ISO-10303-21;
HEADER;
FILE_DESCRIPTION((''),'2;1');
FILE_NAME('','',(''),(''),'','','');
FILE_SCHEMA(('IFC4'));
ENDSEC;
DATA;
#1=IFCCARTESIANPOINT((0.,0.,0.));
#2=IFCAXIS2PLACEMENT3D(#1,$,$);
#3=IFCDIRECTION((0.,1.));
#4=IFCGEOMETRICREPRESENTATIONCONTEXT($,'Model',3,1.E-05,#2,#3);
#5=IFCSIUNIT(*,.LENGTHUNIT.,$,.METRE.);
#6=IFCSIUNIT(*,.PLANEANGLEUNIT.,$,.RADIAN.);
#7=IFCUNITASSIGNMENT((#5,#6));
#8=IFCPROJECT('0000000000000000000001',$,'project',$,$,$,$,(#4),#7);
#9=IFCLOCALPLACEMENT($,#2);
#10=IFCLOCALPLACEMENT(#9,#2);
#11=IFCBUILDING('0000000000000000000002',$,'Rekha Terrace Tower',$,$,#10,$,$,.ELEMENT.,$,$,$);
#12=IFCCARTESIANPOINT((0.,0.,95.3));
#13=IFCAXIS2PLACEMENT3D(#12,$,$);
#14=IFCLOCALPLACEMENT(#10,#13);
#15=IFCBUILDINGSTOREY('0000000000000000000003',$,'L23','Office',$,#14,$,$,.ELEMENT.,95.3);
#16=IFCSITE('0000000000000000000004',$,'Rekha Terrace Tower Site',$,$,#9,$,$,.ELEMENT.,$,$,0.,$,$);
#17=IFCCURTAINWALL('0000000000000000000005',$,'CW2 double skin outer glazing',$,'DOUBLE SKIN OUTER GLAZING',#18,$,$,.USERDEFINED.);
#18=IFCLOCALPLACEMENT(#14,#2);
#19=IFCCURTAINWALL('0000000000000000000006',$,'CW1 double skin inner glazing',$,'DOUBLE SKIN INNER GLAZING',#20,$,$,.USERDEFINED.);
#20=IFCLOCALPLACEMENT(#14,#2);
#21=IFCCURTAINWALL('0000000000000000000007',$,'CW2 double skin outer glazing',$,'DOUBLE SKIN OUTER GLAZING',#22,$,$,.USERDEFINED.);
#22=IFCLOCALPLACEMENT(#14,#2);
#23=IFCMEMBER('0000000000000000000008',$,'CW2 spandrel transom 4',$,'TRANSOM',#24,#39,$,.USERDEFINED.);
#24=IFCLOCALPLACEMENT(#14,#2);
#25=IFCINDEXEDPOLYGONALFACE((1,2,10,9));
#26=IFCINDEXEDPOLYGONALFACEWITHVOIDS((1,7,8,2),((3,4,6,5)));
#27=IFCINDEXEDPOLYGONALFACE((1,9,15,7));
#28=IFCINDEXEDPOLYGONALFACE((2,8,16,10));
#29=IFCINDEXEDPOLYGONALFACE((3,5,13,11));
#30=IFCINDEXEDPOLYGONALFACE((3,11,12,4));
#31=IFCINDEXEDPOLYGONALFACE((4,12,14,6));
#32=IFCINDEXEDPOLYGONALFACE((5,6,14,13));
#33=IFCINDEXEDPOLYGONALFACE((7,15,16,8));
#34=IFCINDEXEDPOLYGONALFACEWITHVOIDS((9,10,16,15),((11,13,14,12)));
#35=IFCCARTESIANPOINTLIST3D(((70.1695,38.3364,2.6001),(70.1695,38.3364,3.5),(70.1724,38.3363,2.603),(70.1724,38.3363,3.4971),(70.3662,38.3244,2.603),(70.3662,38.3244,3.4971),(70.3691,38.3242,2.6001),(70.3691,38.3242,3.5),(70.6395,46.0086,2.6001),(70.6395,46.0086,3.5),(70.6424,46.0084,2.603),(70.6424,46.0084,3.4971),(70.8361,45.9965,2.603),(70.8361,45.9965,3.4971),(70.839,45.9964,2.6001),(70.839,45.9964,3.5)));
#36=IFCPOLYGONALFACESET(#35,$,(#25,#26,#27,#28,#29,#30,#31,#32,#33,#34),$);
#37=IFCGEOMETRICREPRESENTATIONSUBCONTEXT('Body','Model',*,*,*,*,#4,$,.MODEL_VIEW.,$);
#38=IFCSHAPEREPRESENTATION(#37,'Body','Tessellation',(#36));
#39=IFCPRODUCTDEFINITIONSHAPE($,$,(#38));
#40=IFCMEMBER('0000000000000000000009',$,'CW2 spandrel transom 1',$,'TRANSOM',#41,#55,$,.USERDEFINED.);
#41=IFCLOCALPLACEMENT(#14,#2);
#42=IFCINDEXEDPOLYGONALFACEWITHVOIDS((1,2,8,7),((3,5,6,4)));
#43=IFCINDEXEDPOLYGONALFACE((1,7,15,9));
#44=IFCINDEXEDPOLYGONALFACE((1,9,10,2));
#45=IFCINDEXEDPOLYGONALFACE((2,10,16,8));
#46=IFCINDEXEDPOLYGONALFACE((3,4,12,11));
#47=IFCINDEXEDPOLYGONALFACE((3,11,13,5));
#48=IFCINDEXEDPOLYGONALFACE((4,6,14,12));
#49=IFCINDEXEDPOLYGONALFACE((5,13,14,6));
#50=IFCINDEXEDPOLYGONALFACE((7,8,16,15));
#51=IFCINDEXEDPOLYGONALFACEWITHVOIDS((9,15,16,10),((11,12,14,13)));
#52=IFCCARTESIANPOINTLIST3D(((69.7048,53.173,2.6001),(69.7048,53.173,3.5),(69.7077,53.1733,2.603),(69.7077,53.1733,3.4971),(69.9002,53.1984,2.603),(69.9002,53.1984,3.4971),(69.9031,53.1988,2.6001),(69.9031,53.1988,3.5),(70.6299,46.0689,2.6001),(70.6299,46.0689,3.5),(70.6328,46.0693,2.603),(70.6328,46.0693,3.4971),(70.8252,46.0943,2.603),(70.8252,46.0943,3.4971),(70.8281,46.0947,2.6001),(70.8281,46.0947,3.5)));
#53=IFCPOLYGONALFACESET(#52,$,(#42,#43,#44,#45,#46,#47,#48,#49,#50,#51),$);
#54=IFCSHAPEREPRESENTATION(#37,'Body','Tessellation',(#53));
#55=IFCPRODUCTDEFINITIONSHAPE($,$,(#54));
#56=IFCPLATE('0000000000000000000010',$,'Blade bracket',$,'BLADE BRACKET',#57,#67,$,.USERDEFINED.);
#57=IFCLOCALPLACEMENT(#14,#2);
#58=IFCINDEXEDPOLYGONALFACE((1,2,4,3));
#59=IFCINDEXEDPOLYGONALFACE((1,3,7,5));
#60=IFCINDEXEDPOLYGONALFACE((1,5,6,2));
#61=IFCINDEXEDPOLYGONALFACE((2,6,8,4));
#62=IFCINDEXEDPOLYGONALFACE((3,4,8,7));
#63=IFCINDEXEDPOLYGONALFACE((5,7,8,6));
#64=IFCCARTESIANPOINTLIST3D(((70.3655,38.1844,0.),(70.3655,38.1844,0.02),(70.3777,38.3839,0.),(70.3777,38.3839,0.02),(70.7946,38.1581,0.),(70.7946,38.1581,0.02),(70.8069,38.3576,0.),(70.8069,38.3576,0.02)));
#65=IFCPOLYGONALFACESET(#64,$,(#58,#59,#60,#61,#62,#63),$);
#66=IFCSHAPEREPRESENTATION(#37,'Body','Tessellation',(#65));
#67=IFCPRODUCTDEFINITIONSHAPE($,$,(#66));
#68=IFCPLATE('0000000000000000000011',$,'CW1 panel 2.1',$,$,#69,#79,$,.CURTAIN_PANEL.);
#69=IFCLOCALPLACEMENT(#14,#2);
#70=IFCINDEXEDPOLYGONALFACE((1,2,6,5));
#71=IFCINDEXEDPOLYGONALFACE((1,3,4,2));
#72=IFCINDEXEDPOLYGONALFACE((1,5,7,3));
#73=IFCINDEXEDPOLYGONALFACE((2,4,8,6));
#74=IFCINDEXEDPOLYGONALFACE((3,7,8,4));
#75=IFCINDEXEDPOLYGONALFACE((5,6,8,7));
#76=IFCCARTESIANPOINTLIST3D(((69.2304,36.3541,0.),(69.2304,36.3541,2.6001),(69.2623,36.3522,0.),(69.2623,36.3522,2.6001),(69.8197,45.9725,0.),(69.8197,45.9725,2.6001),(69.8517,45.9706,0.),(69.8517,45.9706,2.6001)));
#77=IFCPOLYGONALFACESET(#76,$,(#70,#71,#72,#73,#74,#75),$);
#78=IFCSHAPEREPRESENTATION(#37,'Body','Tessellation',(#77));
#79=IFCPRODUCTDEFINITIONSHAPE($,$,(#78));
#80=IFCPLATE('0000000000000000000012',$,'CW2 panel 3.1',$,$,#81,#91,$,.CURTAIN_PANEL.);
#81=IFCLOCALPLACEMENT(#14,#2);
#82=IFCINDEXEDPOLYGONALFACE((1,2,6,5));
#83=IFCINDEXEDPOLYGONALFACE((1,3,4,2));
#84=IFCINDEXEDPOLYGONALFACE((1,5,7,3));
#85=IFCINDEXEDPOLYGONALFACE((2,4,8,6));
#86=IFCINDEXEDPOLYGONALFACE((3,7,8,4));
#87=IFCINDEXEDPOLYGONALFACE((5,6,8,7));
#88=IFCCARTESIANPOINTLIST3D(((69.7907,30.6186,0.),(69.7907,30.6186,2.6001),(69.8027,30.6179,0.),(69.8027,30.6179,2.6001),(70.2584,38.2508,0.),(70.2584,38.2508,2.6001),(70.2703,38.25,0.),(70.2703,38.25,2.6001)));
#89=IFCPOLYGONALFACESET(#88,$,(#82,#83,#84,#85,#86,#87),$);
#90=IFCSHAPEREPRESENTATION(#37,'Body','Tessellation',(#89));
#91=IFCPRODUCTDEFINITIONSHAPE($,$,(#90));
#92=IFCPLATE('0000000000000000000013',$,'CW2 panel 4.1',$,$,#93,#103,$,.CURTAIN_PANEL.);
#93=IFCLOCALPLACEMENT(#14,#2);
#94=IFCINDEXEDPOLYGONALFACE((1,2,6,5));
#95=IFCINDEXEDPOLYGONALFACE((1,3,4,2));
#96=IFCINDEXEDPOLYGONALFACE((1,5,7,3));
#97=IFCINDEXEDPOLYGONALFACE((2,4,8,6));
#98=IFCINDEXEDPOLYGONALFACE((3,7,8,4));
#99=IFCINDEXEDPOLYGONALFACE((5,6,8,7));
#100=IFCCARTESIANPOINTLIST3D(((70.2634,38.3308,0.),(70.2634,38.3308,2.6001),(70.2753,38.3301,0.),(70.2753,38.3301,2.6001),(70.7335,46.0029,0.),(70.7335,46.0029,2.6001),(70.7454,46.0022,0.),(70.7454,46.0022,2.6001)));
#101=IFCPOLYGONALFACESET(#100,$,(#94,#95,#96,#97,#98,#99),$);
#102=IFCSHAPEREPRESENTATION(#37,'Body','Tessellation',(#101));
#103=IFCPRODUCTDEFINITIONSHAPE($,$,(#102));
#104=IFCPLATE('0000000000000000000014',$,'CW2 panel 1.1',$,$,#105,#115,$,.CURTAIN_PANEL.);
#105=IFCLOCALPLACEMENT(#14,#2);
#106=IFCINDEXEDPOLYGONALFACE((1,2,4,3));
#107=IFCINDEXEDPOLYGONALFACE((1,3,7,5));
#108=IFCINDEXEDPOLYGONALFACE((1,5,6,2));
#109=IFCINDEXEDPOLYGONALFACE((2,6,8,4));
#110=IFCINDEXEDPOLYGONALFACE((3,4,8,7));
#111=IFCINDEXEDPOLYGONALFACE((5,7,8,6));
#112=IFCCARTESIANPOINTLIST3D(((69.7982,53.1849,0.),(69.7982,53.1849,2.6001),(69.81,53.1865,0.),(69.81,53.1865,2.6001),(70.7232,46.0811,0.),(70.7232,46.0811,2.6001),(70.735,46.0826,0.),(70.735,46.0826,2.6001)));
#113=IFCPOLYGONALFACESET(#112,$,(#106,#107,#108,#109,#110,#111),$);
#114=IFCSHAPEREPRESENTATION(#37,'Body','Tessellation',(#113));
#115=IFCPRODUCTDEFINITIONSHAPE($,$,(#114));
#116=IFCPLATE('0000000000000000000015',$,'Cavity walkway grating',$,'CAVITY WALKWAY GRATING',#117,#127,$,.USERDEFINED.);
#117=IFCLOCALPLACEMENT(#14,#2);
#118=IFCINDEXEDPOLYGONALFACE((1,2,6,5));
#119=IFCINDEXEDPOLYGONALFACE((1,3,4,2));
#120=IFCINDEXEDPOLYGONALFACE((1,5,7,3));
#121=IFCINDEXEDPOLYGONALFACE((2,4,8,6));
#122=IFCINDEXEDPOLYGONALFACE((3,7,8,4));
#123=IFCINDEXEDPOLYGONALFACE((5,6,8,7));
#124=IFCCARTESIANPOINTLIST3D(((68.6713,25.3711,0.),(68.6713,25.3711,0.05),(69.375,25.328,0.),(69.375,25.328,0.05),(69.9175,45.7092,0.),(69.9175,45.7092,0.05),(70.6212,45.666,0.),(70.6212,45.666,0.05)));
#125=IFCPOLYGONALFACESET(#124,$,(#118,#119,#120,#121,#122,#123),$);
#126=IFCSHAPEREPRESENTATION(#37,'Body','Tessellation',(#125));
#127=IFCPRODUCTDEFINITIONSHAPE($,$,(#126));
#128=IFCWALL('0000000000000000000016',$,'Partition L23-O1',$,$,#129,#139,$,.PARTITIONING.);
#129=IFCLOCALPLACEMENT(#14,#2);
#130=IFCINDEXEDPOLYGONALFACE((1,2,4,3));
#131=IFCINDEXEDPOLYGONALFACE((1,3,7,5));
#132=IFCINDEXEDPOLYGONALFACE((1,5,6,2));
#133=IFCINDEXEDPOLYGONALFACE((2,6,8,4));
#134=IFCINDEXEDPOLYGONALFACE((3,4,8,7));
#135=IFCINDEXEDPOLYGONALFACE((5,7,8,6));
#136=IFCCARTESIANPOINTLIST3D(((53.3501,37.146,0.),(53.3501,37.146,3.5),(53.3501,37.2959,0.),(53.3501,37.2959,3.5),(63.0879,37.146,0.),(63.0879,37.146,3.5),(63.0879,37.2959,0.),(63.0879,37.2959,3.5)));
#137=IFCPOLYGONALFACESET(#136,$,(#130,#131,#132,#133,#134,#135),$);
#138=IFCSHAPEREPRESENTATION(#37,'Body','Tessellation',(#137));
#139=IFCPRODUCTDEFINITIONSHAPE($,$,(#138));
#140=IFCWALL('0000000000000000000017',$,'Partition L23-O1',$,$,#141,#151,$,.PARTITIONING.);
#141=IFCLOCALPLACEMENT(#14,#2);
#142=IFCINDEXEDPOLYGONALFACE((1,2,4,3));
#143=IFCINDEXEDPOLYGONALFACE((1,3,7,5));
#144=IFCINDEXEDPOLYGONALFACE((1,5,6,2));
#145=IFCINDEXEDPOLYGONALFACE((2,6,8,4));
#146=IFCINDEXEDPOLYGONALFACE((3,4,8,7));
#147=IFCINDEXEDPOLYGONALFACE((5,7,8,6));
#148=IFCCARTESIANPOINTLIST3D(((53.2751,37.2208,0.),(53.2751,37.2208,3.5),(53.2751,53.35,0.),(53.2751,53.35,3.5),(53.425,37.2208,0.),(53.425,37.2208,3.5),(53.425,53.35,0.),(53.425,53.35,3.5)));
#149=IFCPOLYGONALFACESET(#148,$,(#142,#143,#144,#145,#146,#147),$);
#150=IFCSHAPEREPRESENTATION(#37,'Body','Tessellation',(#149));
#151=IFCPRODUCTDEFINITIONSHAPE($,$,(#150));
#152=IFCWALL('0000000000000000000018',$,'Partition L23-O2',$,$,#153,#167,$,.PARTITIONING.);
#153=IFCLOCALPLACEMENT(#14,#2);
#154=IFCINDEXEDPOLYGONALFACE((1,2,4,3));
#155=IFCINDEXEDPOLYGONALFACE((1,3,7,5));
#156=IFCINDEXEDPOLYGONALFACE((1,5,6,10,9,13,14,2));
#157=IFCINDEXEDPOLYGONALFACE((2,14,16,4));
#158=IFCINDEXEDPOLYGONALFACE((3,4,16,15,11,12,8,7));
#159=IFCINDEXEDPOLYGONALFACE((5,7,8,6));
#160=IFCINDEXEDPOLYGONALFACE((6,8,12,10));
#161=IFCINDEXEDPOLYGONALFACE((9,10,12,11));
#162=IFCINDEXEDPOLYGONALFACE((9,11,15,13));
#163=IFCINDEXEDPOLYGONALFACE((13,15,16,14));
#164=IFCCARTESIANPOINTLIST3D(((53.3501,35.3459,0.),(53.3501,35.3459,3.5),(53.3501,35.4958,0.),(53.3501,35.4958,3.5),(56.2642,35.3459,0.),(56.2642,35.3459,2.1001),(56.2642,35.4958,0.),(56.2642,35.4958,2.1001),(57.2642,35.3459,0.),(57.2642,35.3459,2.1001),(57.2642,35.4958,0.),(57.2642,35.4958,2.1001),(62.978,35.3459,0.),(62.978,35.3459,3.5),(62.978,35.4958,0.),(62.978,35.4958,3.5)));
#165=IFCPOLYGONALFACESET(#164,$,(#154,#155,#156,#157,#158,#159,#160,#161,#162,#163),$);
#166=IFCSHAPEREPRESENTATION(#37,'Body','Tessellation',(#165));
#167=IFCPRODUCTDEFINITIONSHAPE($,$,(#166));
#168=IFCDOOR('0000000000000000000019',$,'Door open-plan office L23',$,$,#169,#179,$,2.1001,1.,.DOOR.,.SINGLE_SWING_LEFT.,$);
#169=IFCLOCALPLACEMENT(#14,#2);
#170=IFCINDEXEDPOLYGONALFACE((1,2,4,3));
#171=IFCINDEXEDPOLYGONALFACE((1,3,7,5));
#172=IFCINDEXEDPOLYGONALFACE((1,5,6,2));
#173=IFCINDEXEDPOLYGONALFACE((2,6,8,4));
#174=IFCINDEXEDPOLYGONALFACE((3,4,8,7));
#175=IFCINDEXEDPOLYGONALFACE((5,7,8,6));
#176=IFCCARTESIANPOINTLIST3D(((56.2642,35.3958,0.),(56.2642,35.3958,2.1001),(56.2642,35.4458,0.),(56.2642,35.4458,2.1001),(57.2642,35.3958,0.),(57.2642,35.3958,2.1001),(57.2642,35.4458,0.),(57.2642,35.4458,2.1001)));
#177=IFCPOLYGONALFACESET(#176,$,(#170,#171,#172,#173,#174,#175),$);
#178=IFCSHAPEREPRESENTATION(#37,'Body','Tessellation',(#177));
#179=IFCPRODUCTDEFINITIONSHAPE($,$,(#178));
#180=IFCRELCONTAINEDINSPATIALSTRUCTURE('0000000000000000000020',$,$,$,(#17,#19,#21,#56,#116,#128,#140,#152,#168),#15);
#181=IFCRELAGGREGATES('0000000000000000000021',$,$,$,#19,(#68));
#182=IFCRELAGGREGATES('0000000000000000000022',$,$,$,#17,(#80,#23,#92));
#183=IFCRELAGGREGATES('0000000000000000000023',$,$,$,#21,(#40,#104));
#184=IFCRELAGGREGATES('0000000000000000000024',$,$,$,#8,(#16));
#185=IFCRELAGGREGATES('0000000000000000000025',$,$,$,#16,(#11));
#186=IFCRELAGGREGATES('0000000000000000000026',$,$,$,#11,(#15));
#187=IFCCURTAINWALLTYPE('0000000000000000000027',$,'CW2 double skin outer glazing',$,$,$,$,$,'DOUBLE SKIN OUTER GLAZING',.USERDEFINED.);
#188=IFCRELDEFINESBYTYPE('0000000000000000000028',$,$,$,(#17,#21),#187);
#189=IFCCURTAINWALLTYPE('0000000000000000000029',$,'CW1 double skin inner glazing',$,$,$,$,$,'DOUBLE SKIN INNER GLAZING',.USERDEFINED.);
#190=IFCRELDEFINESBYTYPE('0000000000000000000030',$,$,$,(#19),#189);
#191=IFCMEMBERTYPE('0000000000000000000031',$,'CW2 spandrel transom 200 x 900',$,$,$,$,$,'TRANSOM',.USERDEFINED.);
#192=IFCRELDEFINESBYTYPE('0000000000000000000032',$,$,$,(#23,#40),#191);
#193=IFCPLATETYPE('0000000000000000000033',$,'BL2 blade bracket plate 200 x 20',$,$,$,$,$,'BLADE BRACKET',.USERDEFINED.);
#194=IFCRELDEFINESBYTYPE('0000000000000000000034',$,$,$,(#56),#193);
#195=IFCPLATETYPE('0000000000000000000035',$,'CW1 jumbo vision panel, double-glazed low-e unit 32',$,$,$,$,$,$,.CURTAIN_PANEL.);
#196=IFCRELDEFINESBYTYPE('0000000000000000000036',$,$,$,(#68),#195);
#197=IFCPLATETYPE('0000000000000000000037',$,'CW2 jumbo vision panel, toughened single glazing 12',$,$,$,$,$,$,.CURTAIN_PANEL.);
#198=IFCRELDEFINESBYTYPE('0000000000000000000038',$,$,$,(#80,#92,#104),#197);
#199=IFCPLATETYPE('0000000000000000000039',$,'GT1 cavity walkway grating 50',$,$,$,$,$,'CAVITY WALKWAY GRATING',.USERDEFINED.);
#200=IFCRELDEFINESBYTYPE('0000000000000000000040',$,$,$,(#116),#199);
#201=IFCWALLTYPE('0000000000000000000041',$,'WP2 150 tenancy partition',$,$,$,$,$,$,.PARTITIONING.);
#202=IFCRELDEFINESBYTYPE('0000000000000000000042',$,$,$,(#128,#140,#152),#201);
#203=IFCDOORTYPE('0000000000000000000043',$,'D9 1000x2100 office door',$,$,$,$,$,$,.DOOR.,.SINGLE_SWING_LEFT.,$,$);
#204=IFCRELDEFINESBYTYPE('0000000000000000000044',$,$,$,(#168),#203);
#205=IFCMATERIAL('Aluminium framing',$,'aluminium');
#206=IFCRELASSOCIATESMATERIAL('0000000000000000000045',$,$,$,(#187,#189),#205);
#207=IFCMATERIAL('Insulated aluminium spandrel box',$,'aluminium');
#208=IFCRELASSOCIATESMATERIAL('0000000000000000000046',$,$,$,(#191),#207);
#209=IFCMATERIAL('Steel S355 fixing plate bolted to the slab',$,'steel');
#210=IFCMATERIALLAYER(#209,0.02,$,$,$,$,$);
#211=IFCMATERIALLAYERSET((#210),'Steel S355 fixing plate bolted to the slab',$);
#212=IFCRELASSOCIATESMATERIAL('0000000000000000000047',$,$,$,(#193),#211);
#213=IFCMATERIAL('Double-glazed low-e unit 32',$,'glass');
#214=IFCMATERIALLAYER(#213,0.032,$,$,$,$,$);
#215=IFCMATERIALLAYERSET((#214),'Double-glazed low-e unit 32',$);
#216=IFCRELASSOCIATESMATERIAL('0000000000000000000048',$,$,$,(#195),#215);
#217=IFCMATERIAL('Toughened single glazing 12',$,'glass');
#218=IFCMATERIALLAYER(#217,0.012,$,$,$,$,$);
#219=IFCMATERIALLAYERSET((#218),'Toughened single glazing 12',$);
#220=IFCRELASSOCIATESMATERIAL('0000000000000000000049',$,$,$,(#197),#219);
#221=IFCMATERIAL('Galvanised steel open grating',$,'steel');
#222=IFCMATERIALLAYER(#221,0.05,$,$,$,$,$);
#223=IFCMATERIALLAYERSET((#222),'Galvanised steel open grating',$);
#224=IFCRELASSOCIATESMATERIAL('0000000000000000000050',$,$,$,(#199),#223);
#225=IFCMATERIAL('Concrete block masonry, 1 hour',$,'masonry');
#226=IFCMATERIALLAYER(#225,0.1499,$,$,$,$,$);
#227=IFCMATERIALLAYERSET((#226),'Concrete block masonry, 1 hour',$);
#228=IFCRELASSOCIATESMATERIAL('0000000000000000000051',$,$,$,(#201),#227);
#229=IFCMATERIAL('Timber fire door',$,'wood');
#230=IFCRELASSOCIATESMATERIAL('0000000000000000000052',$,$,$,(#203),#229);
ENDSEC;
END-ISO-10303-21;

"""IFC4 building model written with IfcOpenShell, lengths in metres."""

from ifc_helpers import new_model, si_unit, direction, frame, frame_2d, origin, origin_2d, place, context, subcontext, project, spatial, rectangle, hollow_rectangle, extrude, material, layer, layer_set, material_profile, profile_set, type_object, element, fill, aggregate, save


model = new_model("IFC4")

# Units and contexts
model_context = context("Model", 3, precision=1e-05, world=origin(), true_north=direction((0.0, 1.0)))
body_context = subcontext(model_context, "Body", "Model", "MODEL_VIEW")
ifc_project = project(units=[si_unit("LENGTHUNIT", "METRE"), si_unit("PLANEANGLEUNIT", "RADIAN")], contexts=[model_context])

# Site, building, storey
site_placement = place(None, origin())
site = spatial("IfcSite", under=ifc_project, at=site_placement, Name="Rekha Terrace Tower Site", CompositionType="ELEMENT", RefElevation=0.0)
building_placement = place(site_placement, origin())
building = spatial("IfcBuilding", under=site, at=building_placement, Name="Rekha Terrace Tower", CompositionType="ELEMENT")
storey_placement = place(building_placement, frame((0.0, 0.0, 95.3)))
storey = spatial("IfcBuildingStorey", under=building, at=storey_placement, Name="L23", Description="Office", CompositionType="ELEMENT", Elevation=95.3)

# Curtain walls
ifc_material_1 = material(Name="Aluminium framing", Category="aluminium")
curtain_wall_type_1 = type_object("IfcCurtainWallType", Name="CW2 double skin outer glazing", ElementType="DOUBLE SKIN OUTER GLAZING", PredefinedType="USERDEFINED", material=ifc_material_1)
curtain_wall_1_placement = place(storey_placement, origin())
curtain_wall_1 = element("IfcCurtainWall", 1, at=curtain_wall_1_placement, inside=storey, type_object=curtain_wall_type_1, Name="CW2 double skin outer glazing", ObjectType="DOUBLE SKIN OUTER GLAZING", PredefinedType="USERDEFINED")
curtain_wall_type_2 = type_object("IfcCurtainWallType", Name="CW1 double skin inner glazing", ElementType="DOUBLE SKIN INNER GLAZING", PredefinedType="USERDEFINED", material=ifc_material_1)
curtain_wall_2_placement = place(storey_placement, origin())
curtain_wall_2 = element("IfcCurtainWall", 2, at=curtain_wall_2_placement, inside=storey, type_object=curtain_wall_type_2, Name="CW1 double skin inner glazing", ObjectType="DOUBLE SKIN INNER GLAZING", PredefinedType="USERDEFINED")

# Shared definitions
ifc_material_2 = material(Name="Insulated aluminium spandrel box", Category="aluminium")

# Curtain wall
curtain_wall_3_placement = place(storey_placement, origin())
curtain_wall_3 = element("IfcCurtainWall", 3, at=curtain_wall_3_placement, inside=storey, type_object=curtain_wall_type_1, Name="CW2 double skin outer glazing", ObjectType="DOUBLE SKIN OUTER GLAZING", PredefinedType="USERDEFINED")

# Members
ifc_material_profile_1 = material_profile(ifc_material_2, hollow_rectangle(XDim=0.2, YDim=0.8999, WallThickness=0.0029, at=origin_2d()), Name="AL SPANDREL BOX 200x900")
ifc_profile_set_1 = profile_set([ifc_material_profile_1], Name="Insulated aluminium spandrel box")
member_type_1 = type_object("IfcMemberType", Name="CW2 spandrel transom 200 x 900", ElementType="TRANSOM", PredefinedType="USERDEFINED", material=ifc_profile_set_1)
member_1_placement = place(storey_placement, frame((70.2693, 38.3303, 3.05), z_axis=(0.061142, 0.998129, 0.0), x_axis=(-0.998129, 0.061142, 0.0)))
member_1 = element("IfcMember", 4, at=member_1_placement, type_object=member_type_1, Name="CW2 spandrel transom 4", ObjectType="TRANSOM", PredefinedType="USERDEFINED", context=body_context, shape_type="SweptSolid", body=[
    extrude(hollow_rectangle(XDim=0.2, YDim=0.8999, WallThickness=0.0029, at=origin_2d()), origin(), (0.0, 0.0, 1.0), 7.6865),
])
member_2_placement = place(storey_placement, frame((70.729, 46.0818, 3.05), z_axis=(-0.129125, 0.991628, 0.0), x_axis=(-0.991628, -0.129125, 0.0)))
member_2 = element("IfcMember", 5, at=member_2_placement, type_object=member_type_1, Name="CW2 spandrel transom 1", ObjectType="TRANSOM", PredefinedType="USERDEFINED", context=body_context, shape_type="SweptSolid", body=[
    extrude(hollow_rectangle(XDim=0.2, YDim=0.8999, WallThickness=0.0029, at=origin_2d()), origin(), (0.0, 0.0, 1.0), 7.1641),
])

# Plates
ifc_material_3 = material(Name="Steel S355 fixing plate bolted to the slab", Category="steel")
ifc_layer_1 = layer(ifc_material_3, 0.02)
ifc_layer_set_1 = layer_set([ifc_layer_1], Name="Steel S355 fixing plate bolted to the slab")
plate_type_1 = type_object("IfcPlateType", Name="BL2 blade bracket plate 200 x 20", ElementType="BLADE BRACKET", PredefinedType="USERDEFINED", material=ifc_layer_set_1)
plate_1_placement = place(storey_placement, frame((70.5862, 38.271, 0.0), z_axis=(0.0, 0.0, 1.0), x_axis=(0.998128, -0.06116, 0.0)))
element("IfcPlate", 6, at=plate_1_placement, inside=storey, type_object=plate_type_1, Name="Blade bracket", ObjectType="BLADE BRACKET", PredefinedType="USERDEFINED", context=body_context, shape_type="SweptSolid", body=[
    extrude(rectangle(XDim=0.4299, YDim=0.2, at=origin_2d()), origin(), (0.0, 0.0, 1.0), 0.02),
])
ifc_material_4 = material(Name="Double-glazed low-e unit 32", Category="glass")
ifc_layer_2 = layer(ifc_material_4, 0.032)
ifc_layer_set_2 = layer_set([ifc_layer_2], Name="Double-glazed low-e unit 32")
plate_type_2 = type_object("IfcPlateType", Name="CW1 jumbo vision panel, double-glazed low-e unit 32", PredefinedType="CURTAIN_PANEL", material=ifc_layer_set_2)
plate_2_placement = place(storey_placement, frame((69.541, 41.1624, 0.0), z_axis=(0.0, 0.0, 1.0), x_axis=(0.06116, 0.998128, 0.0)))
plate_2 = element("IfcPlate", 7, at=plate_2_placement, type_object=plate_type_2, Name="CW1 panel 2.1", PredefinedType="CURTAIN_PANEL", context=body_context, shape_type="SweptSolid", body=[
    extrude(rectangle(XDim=9.6365, YDim=0.032, at=origin_2d()), origin(), (0.0, 0.0, 1.0), 2.6001),
])
aggregate(curtain_wall_2, [plate_2])
ifc_material_5 = material(Name="Toughened single glazing 12", Category="glass")
ifc_layer_3 = layer(ifc_material_5, 0.012)
ifc_layer_set_3 = layer_set([ifc_layer_3], Name="Toughened single glazing 12")
plate_type_3 = type_object("IfcPlateType", Name="CW2 jumbo vision panel, toughened single glazing 12", PredefinedType="CURTAIN_PANEL", material=ifc_layer_set_3)
plate_3_placement = place(storey_placement, frame((70.0305, 34.4343, 0.0), z_axis=(0.0, 0.0, 1.0), x_axis=(0.06116, 0.998128, 0.0)))
plate_3 = element("IfcPlate", 8, at=plate_3_placement, type_object=plate_type_3, Name="CW2 panel 3.1", PredefinedType="CURTAIN_PANEL", context=body_context, shape_type="SweptSolid", body=[
    extrude(rectangle(XDim=7.6465, YDim=0.012, at=origin_2d()), origin(), (0.0, 0.0, 1.0), 2.6001),
])
plate_4_placement = place(storey_placement, frame((70.5044, 42.1665, 0.0), z_axis=(0.0, 0.0, 1.0), x_axis=(0.06116, 0.998128, 0.0)))
plate_4 = element("IfcPlate", 9, at=plate_4_placement, type_object=plate_type_3, Name="CW2 panel 4.1", PredefinedType="CURTAIN_PANEL", context=body_context, shape_type="SweptSolid", body=[
    extrude(rectangle(XDim=7.6865, YDim=0.012, at=origin_2d()), origin(), (0.0, 0.0, 1.0), 2.6001),
])
aggregate(curtain_wall_1, [plate_3, member_1, plate_4])
plate_5_placement = place(storey_placement, frame((70.2666, 49.6338, 0.0), z_axis=(0.0, 0.0, 1.0), x_axis=(-0.129118, 0.991629, 0.0)))
plate_5 = element("IfcPlate", 10, at=plate_5_placement, type_object=plate_type_3, Name="CW2 panel 1.1", PredefinedType="CURTAIN_PANEL", context=body_context, shape_type="SweptSolid", body=[
    extrude(rectangle(XDim=7.1638, YDim=0.012, at=origin_2d()), origin(), (0.0, 0.0, 1.0), 2.6001),
])
aggregate(curtain_wall_3, [member_2, plate_5])
ifc_material_6 = material(Name="Galvanised steel open grating", Category="steel")
ifc_layer_4 = layer(ifc_material_6, 0.05)
ifc_layer_set_4 = layer_set([ifc_layer_4], Name="Galvanised steel open grating")
plate_type_4 = type_object("IfcPlateType", Name="GT1 cavity walkway grating 50", ElementType="CAVITY WALKWAY GRATING", PredefinedType="USERDEFINED", material=ifc_layer_set_4)
plate_6_placement = place(storey_placement, frame((69.6462, 35.5186, 0.0), z_axis=(0.0, 0.0, 1.0), x_axis=(0.06116, 0.998128, 0.0)))
element("IfcPlate", 11, at=plate_6_placement, inside=storey, type_object=plate_type_4, Name="Cavity walkway grating", ObjectType="CAVITY WALKWAY GRATING", PredefinedType="USERDEFINED", context=body_context, shape_type="SweptSolid", body=[
    extrude(rectangle(XDim=20.3762, YDim=0.7051, at=origin_2d()), origin(), (0.0, 0.0, 1.0), 0.05),
])

# Walls
ifc_material_7 = material(Name="Concrete block masonry, 1 hour", Category="masonry")
ifc_layer_5 = layer(ifc_material_7, 0.1499)
ifc_layer_set_5 = layer_set([ifc_layer_5], Name="Concrete block masonry, 1 hour")
wall_type_1 = type_object("IfcWallType", Name="WP2 150 tenancy partition", PredefinedType="PARTITIONING", material=ifc_layer_set_5)
wall_1_placement = place(storey_placement, frame((63.0879, 37.2209, 0.0), z_axis=(0.0, 0.0, 1.0), x_axis=(-1.0, 0.0, 0.0)))
element("IfcWall", 12, at=wall_1_placement, inside=storey, type_object=wall_type_1, Name="Partition L23-O1", PredefinedType="PARTITIONING", context=body_context, shape_type="SweptSolid", body=[
    extrude(rectangle(XDim=9.7378, YDim=0.1499, at=frame_2d((4.8689, 0.0))), origin(), (0.0, 0.0, 1.0), 3.5),
])
wall_2_placement = place(storey_placement, frame((53.3501, 37.2209, 0.0), z_axis=(0.0, 0.0, 1.0), x_axis=(0.0, 1.0, 0.0)))
element("IfcWall", 13, at=wall_2_placement, inside=storey, type_object=wall_type_1, Name="Partition L23-O1", PredefinedType="PARTITIONING", context=body_context, shape_type="SweptSolid", body=[
    extrude(rectangle(XDim=16.1292, YDim=0.1499, at=frame_2d((8.0645, 0.0))), origin(), (0.0, 0.0, 1.0), 3.5),
])

# Wall, opening, door
wall_3_placement = place(storey_placement, frame((53.3501, 35.4209, 0.0), z_axis=(0.0, 0.0, 1.0), x_axis=(1.0, 0.0, 0.0)))
wall_3 = element("IfcWall", 14, at=wall_3_placement, inside=storey, type_object=wall_type_1, Name="Partition L23-O2", PredefinedType="PARTITIONING", context=body_context, shape_type="SweptSolid", body=[
    extrude(rectangle(XDim=9.6279, YDim=0.1499, at=frame_2d((4.814, 0.0))), origin(), (0.0, 0.0, 1.0), 3.5),
])
opening_1_placement = place(wall_3_placement, frame((2.9141, 0.0, 0.0)))
opening_1 = element("IfcOpeningElement", 15, at=opening_1_placement, cuts=wall_3, PredefinedType="OPENING", context=body_context, shape_type="SweptSolid", body=[
    extrude(rectangle(XDim=1.0, YDim=2.1001, at=frame_2d((0.5, 1.05))), frame((0.0, 0.085, 0.0), z_axis=(0.0, -1.0, 0.0), x_axis=(1.0, 0.0, 0.0)), (0.0, 0.0, 1.0), 0.1699),
])
ifc_material_8 = material(Name="Timber fire door", Category="wood")
door_type_1 = type_object("IfcDoorType", Name="D9 1000x2100 office door", OperationType="SINGLE_SWING_LEFT", PredefinedType="DOOR", material=ifc_material_8)
door_1_placement = place(opening_1_placement, origin())
door_1 = element("IfcDoor", 16, at=door_1_placement, inside=storey, type_object=door_type_1, Name="Door open-plan office L23", OperationType="SINGLE_SWING_LEFT", OverallHeight=2.1001, OverallWidth=1.0, PredefinedType="DOOR", context=body_context, shape_type="SweptSolid", body=[
    extrude(rectangle(XDim=1.0, YDim=2.1001, at=frame_2d((0.5, 1.05))), frame((0.0, 0.0249, 0.0), z_axis=(0.0, -1.0, 0.0), x_axis=(1.0, 0.0, 0.0)), (0.0, 0.0, 1.0), 0.05),
])
fill(opening_1, door_1)

save(model, "model.ifc")
